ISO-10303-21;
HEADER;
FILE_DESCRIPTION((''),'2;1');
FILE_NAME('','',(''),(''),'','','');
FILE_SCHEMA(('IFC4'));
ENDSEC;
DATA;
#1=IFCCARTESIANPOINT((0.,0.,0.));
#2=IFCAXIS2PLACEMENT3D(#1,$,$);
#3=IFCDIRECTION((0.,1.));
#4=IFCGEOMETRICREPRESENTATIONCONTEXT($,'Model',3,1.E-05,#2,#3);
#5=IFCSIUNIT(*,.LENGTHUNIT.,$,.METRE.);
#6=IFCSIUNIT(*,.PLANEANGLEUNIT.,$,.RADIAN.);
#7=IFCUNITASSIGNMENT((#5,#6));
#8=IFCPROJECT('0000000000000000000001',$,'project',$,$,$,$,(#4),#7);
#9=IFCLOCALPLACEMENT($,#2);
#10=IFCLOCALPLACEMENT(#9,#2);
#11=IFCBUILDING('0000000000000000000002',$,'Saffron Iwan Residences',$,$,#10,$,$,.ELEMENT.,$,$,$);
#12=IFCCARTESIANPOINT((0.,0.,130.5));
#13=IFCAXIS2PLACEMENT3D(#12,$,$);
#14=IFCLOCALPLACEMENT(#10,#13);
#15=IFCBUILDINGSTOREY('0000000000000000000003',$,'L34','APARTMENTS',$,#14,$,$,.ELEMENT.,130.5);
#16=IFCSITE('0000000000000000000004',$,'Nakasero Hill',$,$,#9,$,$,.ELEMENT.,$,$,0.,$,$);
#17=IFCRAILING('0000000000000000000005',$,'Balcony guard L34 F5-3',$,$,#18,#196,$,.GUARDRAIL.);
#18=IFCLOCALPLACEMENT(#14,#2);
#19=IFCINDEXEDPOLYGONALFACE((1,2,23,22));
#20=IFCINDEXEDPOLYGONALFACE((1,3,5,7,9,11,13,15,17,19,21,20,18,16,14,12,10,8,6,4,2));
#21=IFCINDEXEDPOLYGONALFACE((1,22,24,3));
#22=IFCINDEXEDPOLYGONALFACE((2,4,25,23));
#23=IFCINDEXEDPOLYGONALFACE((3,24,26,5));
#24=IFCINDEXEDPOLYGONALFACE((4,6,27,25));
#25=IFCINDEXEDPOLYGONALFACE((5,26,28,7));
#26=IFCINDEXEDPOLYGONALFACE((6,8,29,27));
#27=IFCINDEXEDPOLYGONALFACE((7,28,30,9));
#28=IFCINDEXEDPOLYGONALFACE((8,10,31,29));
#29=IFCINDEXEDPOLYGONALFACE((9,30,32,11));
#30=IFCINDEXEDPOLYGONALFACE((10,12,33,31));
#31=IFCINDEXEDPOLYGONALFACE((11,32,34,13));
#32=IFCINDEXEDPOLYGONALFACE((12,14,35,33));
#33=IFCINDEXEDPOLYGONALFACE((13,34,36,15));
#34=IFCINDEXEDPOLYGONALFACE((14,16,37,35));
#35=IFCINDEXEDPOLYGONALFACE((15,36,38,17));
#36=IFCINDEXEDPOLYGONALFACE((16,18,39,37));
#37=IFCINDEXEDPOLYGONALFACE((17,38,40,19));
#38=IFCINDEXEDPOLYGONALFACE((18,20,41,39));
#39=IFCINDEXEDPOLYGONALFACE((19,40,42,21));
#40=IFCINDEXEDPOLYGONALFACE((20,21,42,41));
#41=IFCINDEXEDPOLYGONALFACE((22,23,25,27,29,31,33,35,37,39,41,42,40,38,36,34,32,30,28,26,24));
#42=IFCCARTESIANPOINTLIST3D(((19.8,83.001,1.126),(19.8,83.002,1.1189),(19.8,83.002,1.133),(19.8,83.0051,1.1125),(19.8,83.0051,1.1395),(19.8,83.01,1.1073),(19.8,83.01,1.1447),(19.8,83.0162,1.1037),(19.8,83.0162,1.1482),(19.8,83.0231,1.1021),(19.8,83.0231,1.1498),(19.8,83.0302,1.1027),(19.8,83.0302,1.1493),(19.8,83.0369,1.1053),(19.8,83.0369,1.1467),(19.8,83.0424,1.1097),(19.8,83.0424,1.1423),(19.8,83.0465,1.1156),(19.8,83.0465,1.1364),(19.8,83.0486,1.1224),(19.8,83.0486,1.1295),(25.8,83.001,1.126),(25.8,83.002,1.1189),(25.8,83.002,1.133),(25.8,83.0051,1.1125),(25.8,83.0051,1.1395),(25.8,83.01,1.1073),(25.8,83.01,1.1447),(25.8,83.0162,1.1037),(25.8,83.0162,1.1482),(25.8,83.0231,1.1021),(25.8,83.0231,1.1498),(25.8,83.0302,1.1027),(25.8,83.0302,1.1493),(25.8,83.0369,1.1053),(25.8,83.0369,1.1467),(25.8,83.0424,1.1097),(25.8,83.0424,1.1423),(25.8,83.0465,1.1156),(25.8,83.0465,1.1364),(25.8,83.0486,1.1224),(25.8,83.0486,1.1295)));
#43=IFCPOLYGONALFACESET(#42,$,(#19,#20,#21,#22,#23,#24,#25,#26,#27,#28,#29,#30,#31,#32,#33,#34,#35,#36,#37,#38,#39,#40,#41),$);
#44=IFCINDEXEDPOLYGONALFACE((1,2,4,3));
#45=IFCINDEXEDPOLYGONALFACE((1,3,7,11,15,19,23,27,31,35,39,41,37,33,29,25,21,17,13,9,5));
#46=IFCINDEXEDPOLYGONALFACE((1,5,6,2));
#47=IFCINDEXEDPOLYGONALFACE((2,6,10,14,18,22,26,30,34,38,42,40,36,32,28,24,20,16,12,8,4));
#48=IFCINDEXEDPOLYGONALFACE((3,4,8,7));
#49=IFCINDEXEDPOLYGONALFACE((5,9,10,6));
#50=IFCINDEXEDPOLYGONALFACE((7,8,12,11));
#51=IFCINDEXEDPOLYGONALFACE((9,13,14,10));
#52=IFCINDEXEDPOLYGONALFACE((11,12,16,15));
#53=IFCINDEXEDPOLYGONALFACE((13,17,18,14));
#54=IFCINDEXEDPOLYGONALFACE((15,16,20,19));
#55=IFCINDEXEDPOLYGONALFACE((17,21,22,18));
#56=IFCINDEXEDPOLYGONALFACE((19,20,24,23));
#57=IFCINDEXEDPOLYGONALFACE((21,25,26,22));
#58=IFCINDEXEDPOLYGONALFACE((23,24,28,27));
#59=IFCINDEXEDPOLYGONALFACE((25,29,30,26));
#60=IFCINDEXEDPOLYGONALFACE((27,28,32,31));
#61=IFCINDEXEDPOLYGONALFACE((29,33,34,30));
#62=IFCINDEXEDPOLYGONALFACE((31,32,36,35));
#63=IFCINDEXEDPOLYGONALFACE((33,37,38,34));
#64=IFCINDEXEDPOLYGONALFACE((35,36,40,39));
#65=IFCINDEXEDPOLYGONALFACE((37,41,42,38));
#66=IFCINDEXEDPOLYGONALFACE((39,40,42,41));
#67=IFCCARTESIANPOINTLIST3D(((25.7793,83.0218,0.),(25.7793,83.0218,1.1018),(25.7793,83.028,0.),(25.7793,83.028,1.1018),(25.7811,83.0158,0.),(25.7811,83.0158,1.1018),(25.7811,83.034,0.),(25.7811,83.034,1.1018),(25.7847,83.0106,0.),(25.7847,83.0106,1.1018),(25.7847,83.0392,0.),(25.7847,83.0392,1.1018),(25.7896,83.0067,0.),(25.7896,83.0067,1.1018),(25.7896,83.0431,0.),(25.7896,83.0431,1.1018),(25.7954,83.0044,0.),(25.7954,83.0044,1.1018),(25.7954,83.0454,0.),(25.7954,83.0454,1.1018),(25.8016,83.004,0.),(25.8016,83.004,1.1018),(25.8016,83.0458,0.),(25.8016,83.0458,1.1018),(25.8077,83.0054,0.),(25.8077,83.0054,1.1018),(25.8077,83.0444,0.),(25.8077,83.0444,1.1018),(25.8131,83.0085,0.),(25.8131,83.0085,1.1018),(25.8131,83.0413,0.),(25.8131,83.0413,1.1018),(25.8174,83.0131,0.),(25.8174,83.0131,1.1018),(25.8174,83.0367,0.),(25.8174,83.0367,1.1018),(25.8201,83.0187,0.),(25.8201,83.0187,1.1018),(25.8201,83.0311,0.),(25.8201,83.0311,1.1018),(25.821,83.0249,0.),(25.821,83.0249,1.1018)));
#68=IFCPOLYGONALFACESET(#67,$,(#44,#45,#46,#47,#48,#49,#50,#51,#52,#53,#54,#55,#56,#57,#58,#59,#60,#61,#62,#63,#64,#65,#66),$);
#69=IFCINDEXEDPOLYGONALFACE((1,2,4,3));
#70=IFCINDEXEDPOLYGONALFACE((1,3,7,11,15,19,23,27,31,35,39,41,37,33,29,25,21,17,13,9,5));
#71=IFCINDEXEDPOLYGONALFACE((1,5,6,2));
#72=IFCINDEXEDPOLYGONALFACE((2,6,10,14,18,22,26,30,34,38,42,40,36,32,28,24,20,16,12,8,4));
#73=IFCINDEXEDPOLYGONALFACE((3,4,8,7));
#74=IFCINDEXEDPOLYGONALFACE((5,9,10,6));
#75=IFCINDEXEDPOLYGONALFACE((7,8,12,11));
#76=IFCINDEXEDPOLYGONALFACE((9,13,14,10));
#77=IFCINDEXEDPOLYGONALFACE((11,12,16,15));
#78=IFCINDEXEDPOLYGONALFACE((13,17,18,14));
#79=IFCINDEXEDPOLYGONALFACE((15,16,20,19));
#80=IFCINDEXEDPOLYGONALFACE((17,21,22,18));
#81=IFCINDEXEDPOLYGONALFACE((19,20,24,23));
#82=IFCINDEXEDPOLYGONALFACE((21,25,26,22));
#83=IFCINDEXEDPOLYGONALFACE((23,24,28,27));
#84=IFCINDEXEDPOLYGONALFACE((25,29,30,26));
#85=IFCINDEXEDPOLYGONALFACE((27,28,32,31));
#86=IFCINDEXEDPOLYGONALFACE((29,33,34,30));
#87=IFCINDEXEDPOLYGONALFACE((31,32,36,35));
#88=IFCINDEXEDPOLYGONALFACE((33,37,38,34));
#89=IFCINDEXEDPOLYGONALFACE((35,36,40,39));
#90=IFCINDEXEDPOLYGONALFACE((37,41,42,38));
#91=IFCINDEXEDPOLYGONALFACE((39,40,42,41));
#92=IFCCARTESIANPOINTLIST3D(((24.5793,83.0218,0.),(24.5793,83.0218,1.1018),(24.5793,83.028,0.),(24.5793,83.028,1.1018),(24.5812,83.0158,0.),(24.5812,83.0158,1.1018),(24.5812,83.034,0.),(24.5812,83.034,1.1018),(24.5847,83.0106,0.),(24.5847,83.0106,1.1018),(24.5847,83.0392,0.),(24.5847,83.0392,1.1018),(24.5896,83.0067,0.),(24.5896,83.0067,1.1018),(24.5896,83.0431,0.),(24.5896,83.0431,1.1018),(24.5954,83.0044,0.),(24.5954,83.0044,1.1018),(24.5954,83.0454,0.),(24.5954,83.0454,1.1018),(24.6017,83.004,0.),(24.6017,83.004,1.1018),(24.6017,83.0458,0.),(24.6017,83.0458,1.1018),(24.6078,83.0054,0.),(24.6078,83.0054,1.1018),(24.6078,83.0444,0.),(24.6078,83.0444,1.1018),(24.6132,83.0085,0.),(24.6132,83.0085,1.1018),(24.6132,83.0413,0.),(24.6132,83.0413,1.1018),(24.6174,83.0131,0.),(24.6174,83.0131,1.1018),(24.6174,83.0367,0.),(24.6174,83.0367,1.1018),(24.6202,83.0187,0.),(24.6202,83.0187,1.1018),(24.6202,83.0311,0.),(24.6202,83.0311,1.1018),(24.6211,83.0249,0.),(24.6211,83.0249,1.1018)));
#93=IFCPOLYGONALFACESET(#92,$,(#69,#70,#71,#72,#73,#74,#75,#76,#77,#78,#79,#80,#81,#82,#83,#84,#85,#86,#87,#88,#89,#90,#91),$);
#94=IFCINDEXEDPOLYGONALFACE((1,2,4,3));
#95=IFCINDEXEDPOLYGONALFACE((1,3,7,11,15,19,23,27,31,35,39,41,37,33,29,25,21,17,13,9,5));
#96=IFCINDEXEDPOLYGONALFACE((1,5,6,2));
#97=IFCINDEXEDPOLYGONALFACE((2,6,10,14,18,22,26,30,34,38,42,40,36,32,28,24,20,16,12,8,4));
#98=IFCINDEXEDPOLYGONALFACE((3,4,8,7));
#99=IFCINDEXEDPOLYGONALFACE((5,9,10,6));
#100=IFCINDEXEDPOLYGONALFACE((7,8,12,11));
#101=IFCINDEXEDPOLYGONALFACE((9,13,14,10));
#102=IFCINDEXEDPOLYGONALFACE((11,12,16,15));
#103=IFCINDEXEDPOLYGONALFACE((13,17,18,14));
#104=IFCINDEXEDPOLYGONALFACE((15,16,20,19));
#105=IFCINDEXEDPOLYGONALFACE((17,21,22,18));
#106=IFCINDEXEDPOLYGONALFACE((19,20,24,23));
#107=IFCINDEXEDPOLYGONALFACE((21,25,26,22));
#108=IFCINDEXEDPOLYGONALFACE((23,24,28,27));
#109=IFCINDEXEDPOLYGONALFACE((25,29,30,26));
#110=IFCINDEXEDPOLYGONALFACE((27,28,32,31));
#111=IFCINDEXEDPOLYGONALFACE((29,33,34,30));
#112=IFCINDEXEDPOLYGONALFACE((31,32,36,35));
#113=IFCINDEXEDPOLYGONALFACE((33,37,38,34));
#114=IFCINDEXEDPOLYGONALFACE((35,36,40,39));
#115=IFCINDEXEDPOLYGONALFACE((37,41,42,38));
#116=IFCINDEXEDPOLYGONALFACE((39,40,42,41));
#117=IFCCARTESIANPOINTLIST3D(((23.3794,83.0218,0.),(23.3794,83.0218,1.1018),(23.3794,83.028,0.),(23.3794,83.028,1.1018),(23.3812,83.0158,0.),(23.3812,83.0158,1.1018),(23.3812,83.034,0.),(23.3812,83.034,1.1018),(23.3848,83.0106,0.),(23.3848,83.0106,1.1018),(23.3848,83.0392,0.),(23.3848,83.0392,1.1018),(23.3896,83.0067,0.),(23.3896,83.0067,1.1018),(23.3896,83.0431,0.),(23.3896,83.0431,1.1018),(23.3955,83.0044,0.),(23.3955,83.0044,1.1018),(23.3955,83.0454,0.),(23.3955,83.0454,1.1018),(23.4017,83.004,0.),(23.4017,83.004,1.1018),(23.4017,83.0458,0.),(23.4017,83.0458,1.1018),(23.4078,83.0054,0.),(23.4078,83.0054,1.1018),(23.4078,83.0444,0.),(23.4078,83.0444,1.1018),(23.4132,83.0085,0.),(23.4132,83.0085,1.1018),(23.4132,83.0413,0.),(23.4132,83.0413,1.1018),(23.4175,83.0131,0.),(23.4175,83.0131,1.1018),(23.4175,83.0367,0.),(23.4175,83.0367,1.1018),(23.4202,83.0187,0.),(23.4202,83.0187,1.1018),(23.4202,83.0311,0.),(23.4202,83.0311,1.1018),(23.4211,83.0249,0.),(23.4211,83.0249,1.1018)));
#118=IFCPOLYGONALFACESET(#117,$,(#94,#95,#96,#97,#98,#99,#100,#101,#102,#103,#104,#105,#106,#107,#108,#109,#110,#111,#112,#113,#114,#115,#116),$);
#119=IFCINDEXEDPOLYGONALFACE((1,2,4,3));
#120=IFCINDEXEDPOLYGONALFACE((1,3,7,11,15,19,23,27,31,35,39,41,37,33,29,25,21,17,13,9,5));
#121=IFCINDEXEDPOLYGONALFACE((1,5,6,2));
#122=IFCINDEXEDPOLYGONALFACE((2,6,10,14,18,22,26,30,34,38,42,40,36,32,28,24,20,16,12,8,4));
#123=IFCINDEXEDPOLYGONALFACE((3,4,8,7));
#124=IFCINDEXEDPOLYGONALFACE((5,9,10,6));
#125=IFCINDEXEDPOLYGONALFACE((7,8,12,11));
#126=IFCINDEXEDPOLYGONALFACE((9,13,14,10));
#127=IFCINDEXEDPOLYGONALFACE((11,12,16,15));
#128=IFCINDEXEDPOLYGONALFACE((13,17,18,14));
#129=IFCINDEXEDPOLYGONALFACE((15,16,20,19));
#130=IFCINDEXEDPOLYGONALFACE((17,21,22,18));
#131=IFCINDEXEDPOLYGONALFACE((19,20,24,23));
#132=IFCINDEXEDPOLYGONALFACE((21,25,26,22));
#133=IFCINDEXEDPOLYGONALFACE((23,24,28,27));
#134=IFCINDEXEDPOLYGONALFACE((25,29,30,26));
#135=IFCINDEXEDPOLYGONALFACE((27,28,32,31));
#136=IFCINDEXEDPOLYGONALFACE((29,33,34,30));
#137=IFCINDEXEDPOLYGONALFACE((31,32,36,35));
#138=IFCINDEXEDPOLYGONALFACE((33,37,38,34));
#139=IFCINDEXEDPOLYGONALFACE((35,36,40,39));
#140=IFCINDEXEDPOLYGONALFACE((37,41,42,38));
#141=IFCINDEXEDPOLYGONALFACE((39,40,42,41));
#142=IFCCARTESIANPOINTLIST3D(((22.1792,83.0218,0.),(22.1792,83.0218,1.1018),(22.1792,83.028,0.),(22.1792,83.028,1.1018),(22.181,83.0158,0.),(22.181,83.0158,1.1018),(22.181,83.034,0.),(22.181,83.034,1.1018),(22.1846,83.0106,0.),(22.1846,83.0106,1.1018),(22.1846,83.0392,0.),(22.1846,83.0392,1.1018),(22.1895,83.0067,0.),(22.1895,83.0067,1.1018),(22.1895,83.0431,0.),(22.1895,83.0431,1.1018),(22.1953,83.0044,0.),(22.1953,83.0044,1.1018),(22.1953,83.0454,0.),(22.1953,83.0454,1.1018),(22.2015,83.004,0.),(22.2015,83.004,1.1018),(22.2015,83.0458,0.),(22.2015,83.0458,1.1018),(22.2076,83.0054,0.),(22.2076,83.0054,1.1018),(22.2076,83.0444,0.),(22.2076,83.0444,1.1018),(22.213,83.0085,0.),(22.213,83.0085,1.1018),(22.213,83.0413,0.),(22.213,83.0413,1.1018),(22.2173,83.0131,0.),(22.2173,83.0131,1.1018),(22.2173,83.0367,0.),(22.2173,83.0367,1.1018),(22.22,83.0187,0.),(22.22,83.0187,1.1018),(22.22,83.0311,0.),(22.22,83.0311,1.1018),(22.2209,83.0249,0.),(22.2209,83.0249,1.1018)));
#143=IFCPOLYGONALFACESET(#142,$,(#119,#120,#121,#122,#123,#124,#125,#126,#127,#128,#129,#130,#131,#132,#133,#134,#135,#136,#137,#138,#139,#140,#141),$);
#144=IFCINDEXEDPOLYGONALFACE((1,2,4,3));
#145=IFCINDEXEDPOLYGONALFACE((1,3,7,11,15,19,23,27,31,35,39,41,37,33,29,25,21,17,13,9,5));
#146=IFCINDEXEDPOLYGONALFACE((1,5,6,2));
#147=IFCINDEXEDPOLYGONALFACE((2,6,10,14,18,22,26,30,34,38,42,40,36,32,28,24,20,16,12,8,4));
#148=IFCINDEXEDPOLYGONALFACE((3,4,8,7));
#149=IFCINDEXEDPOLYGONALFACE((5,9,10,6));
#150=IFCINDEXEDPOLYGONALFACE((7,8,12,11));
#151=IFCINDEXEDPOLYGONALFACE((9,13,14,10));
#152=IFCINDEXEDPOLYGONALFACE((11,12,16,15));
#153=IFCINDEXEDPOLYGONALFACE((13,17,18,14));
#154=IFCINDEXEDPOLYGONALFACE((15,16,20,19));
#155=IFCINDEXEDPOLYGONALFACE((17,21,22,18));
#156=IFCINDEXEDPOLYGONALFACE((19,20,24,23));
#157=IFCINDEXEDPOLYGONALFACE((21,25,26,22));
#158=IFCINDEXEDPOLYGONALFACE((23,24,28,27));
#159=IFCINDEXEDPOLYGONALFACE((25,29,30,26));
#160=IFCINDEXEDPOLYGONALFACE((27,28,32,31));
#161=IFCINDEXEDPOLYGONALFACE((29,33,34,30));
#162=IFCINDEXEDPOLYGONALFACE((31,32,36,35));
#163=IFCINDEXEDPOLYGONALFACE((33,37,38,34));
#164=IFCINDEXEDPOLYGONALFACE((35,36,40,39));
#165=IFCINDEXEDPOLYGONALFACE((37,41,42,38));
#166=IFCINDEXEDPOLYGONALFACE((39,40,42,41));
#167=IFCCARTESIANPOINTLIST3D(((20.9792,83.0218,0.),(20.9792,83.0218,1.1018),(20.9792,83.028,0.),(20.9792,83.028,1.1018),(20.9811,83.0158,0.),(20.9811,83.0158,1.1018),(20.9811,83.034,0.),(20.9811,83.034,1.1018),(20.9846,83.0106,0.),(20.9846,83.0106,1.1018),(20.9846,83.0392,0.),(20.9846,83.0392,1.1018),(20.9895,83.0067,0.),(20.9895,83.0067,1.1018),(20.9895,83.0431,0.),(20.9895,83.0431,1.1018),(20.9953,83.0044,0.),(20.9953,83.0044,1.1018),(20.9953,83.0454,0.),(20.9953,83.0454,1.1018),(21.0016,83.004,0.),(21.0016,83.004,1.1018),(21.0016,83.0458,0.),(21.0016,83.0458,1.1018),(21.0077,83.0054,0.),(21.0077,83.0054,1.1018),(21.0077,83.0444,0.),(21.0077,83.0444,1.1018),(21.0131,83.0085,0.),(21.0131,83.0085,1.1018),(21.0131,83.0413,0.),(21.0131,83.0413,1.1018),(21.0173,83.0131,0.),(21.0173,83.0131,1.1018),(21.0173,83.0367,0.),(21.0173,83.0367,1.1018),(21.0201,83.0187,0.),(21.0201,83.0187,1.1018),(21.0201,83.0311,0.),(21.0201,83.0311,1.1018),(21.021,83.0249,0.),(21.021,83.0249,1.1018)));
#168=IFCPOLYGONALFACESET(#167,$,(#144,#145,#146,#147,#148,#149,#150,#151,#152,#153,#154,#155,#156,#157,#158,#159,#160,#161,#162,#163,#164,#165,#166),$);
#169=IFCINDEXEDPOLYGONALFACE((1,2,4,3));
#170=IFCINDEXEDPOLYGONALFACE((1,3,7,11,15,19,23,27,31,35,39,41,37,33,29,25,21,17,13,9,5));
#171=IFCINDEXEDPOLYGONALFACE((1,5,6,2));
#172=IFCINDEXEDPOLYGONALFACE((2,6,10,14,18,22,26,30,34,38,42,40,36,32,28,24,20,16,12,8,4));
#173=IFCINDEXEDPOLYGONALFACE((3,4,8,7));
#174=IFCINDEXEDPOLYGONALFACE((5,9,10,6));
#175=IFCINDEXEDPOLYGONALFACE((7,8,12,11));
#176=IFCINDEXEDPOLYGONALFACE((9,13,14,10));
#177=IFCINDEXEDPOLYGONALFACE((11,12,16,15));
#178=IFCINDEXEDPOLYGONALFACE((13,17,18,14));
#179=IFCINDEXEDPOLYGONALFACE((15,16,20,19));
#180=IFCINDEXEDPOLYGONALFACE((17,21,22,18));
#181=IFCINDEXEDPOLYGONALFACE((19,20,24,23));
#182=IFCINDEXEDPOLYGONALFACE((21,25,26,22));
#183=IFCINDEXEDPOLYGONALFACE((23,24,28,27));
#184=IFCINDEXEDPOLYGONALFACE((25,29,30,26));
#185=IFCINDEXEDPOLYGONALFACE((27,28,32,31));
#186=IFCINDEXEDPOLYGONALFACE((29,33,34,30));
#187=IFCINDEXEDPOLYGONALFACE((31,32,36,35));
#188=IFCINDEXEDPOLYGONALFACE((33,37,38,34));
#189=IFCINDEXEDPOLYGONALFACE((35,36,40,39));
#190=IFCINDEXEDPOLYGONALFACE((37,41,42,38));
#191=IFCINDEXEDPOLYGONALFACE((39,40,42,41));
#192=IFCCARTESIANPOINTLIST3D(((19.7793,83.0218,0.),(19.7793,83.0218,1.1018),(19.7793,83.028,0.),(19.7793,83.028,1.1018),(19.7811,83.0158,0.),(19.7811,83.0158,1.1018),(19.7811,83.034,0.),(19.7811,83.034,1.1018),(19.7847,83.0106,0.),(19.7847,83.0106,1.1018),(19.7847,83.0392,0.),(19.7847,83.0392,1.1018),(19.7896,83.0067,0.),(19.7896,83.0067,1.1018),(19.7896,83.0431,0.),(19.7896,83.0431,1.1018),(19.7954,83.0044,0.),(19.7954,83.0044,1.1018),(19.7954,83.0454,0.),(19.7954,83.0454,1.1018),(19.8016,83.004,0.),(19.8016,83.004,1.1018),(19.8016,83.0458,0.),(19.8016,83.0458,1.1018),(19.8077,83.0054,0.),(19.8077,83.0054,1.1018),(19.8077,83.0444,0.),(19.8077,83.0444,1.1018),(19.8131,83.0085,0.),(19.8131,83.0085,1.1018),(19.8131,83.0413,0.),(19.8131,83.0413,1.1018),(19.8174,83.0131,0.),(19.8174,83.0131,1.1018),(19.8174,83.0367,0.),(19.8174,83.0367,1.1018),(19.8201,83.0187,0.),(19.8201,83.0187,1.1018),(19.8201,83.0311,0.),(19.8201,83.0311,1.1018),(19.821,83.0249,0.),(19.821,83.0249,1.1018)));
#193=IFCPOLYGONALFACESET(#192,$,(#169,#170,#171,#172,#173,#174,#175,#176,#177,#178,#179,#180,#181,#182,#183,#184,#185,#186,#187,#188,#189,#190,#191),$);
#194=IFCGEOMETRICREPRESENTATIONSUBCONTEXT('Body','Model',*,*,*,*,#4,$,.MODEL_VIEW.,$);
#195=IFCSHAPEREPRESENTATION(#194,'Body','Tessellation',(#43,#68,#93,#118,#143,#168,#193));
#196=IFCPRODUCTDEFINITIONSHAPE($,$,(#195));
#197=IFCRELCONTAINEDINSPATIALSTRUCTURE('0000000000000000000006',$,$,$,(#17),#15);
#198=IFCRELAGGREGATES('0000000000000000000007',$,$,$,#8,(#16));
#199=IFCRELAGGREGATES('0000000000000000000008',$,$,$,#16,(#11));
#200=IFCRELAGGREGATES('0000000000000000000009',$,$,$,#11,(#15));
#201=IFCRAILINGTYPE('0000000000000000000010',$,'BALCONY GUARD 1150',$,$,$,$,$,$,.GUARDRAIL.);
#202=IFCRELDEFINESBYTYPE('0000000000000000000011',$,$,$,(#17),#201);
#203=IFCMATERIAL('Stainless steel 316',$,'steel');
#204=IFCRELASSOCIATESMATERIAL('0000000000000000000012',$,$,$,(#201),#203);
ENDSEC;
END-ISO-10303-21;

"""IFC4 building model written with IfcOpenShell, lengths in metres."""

from ifc_helpers import new_model, si_unit, direction, frame, origin, origin_2d, place, context, subcontext, project, spatial, circle, extrude, material, type_object, element, save


model = new_model("IFC4")

# Units and contexts
model_context = context("Model", 3, precision=1e-05, world=origin(), true_north=direction((0.0, 1.0)))
body_context = subcontext(model_context, "Body", "Model", "MODEL_VIEW")
ifc_project = project(units=[si_unit("LENGTHUNIT", "METRE"), si_unit("PLANEANGLEUNIT", "RADIAN")], contexts=[model_context])

# Site, building, storey
site_placement = place(None, origin())
site = spatial("IfcSite", under=ifc_project, at=site_placement, Name="Nakasero Hill", CompositionType="ELEMENT", RefElevation=0.0)
building_placement = place(site_placement, origin())
building = spatial("IfcBuilding", under=site, at=building_placement, Name="Saffron Iwan Residences", CompositionType="ELEMENT")
storey_placement = place(building_placement, frame((0.0, 0.0, 130.5)))
storey = spatial("IfcBuildingStorey", under=building, at=storey_placement, Name="L34", Description="APARTMENTS", CompositionType="ELEMENT", Elevation=130.5)

# Railing
ifc_material_1 = material(Name="Stainless steel 316", Category="steel")
railing_type_1 = type_object("IfcRailingType", Name="BALCONY GUARD 1150", PredefinedType="GUARDRAIL", material=ifc_material_1)
railing_1_placement = place(storey_placement, frame((25.8, 83.0249, 0.0)))
element("IfcRailing", 1, at=railing_1_placement, inside=storey, type_object=railing_type_1, Name="Balcony guard L34 F5-3", PredefinedType="GUARDRAIL", context=body_context, shape_type="SweptSolid", body=[
    extrude(circle(Radius=0.0239, at=origin_2d()), frame((0.0, 0.0, 1.126), z_axis=(-1.0, 0.0, 0.0), x_axis=(0.0, -1.0, 0.0)), (0.0, 0.0, 1.0), 6.0),
    extrude(circle(Radius=0.021, at=origin_2d()), origin(), (0.0, 0.0, 1.0), 1.1018),
    extrude(circle(Radius=0.021, at=origin_2d()), frame((-1.2, 0.0, 0.0)), (0.0, 0.0, 1.0), 1.1018),
    extrude(circle(Radius=0.021, at=origin_2d()), frame((-2.3999, 0.0, 0.0)), (0.0, 0.0, 1.0), 1.1018),
    extrude(circle(Radius=0.021, at=origin_2d()), frame((-3.6001, 0.0, 0.0)), (0.0, 0.0, 1.0), 1.1018),
    extrude(circle(Radius=0.021, at=origin_2d()), frame((-4.8, 0.0, 0.0)), (0.0, 0.0, 1.0), 1.1018),
    extrude(circle(Radius=0.021, at=origin_2d()), frame((-6.0, 0.0, 0.0)), (0.0, 0.0, 1.0), 1.1018),
])

save(model, "model.ifc")
